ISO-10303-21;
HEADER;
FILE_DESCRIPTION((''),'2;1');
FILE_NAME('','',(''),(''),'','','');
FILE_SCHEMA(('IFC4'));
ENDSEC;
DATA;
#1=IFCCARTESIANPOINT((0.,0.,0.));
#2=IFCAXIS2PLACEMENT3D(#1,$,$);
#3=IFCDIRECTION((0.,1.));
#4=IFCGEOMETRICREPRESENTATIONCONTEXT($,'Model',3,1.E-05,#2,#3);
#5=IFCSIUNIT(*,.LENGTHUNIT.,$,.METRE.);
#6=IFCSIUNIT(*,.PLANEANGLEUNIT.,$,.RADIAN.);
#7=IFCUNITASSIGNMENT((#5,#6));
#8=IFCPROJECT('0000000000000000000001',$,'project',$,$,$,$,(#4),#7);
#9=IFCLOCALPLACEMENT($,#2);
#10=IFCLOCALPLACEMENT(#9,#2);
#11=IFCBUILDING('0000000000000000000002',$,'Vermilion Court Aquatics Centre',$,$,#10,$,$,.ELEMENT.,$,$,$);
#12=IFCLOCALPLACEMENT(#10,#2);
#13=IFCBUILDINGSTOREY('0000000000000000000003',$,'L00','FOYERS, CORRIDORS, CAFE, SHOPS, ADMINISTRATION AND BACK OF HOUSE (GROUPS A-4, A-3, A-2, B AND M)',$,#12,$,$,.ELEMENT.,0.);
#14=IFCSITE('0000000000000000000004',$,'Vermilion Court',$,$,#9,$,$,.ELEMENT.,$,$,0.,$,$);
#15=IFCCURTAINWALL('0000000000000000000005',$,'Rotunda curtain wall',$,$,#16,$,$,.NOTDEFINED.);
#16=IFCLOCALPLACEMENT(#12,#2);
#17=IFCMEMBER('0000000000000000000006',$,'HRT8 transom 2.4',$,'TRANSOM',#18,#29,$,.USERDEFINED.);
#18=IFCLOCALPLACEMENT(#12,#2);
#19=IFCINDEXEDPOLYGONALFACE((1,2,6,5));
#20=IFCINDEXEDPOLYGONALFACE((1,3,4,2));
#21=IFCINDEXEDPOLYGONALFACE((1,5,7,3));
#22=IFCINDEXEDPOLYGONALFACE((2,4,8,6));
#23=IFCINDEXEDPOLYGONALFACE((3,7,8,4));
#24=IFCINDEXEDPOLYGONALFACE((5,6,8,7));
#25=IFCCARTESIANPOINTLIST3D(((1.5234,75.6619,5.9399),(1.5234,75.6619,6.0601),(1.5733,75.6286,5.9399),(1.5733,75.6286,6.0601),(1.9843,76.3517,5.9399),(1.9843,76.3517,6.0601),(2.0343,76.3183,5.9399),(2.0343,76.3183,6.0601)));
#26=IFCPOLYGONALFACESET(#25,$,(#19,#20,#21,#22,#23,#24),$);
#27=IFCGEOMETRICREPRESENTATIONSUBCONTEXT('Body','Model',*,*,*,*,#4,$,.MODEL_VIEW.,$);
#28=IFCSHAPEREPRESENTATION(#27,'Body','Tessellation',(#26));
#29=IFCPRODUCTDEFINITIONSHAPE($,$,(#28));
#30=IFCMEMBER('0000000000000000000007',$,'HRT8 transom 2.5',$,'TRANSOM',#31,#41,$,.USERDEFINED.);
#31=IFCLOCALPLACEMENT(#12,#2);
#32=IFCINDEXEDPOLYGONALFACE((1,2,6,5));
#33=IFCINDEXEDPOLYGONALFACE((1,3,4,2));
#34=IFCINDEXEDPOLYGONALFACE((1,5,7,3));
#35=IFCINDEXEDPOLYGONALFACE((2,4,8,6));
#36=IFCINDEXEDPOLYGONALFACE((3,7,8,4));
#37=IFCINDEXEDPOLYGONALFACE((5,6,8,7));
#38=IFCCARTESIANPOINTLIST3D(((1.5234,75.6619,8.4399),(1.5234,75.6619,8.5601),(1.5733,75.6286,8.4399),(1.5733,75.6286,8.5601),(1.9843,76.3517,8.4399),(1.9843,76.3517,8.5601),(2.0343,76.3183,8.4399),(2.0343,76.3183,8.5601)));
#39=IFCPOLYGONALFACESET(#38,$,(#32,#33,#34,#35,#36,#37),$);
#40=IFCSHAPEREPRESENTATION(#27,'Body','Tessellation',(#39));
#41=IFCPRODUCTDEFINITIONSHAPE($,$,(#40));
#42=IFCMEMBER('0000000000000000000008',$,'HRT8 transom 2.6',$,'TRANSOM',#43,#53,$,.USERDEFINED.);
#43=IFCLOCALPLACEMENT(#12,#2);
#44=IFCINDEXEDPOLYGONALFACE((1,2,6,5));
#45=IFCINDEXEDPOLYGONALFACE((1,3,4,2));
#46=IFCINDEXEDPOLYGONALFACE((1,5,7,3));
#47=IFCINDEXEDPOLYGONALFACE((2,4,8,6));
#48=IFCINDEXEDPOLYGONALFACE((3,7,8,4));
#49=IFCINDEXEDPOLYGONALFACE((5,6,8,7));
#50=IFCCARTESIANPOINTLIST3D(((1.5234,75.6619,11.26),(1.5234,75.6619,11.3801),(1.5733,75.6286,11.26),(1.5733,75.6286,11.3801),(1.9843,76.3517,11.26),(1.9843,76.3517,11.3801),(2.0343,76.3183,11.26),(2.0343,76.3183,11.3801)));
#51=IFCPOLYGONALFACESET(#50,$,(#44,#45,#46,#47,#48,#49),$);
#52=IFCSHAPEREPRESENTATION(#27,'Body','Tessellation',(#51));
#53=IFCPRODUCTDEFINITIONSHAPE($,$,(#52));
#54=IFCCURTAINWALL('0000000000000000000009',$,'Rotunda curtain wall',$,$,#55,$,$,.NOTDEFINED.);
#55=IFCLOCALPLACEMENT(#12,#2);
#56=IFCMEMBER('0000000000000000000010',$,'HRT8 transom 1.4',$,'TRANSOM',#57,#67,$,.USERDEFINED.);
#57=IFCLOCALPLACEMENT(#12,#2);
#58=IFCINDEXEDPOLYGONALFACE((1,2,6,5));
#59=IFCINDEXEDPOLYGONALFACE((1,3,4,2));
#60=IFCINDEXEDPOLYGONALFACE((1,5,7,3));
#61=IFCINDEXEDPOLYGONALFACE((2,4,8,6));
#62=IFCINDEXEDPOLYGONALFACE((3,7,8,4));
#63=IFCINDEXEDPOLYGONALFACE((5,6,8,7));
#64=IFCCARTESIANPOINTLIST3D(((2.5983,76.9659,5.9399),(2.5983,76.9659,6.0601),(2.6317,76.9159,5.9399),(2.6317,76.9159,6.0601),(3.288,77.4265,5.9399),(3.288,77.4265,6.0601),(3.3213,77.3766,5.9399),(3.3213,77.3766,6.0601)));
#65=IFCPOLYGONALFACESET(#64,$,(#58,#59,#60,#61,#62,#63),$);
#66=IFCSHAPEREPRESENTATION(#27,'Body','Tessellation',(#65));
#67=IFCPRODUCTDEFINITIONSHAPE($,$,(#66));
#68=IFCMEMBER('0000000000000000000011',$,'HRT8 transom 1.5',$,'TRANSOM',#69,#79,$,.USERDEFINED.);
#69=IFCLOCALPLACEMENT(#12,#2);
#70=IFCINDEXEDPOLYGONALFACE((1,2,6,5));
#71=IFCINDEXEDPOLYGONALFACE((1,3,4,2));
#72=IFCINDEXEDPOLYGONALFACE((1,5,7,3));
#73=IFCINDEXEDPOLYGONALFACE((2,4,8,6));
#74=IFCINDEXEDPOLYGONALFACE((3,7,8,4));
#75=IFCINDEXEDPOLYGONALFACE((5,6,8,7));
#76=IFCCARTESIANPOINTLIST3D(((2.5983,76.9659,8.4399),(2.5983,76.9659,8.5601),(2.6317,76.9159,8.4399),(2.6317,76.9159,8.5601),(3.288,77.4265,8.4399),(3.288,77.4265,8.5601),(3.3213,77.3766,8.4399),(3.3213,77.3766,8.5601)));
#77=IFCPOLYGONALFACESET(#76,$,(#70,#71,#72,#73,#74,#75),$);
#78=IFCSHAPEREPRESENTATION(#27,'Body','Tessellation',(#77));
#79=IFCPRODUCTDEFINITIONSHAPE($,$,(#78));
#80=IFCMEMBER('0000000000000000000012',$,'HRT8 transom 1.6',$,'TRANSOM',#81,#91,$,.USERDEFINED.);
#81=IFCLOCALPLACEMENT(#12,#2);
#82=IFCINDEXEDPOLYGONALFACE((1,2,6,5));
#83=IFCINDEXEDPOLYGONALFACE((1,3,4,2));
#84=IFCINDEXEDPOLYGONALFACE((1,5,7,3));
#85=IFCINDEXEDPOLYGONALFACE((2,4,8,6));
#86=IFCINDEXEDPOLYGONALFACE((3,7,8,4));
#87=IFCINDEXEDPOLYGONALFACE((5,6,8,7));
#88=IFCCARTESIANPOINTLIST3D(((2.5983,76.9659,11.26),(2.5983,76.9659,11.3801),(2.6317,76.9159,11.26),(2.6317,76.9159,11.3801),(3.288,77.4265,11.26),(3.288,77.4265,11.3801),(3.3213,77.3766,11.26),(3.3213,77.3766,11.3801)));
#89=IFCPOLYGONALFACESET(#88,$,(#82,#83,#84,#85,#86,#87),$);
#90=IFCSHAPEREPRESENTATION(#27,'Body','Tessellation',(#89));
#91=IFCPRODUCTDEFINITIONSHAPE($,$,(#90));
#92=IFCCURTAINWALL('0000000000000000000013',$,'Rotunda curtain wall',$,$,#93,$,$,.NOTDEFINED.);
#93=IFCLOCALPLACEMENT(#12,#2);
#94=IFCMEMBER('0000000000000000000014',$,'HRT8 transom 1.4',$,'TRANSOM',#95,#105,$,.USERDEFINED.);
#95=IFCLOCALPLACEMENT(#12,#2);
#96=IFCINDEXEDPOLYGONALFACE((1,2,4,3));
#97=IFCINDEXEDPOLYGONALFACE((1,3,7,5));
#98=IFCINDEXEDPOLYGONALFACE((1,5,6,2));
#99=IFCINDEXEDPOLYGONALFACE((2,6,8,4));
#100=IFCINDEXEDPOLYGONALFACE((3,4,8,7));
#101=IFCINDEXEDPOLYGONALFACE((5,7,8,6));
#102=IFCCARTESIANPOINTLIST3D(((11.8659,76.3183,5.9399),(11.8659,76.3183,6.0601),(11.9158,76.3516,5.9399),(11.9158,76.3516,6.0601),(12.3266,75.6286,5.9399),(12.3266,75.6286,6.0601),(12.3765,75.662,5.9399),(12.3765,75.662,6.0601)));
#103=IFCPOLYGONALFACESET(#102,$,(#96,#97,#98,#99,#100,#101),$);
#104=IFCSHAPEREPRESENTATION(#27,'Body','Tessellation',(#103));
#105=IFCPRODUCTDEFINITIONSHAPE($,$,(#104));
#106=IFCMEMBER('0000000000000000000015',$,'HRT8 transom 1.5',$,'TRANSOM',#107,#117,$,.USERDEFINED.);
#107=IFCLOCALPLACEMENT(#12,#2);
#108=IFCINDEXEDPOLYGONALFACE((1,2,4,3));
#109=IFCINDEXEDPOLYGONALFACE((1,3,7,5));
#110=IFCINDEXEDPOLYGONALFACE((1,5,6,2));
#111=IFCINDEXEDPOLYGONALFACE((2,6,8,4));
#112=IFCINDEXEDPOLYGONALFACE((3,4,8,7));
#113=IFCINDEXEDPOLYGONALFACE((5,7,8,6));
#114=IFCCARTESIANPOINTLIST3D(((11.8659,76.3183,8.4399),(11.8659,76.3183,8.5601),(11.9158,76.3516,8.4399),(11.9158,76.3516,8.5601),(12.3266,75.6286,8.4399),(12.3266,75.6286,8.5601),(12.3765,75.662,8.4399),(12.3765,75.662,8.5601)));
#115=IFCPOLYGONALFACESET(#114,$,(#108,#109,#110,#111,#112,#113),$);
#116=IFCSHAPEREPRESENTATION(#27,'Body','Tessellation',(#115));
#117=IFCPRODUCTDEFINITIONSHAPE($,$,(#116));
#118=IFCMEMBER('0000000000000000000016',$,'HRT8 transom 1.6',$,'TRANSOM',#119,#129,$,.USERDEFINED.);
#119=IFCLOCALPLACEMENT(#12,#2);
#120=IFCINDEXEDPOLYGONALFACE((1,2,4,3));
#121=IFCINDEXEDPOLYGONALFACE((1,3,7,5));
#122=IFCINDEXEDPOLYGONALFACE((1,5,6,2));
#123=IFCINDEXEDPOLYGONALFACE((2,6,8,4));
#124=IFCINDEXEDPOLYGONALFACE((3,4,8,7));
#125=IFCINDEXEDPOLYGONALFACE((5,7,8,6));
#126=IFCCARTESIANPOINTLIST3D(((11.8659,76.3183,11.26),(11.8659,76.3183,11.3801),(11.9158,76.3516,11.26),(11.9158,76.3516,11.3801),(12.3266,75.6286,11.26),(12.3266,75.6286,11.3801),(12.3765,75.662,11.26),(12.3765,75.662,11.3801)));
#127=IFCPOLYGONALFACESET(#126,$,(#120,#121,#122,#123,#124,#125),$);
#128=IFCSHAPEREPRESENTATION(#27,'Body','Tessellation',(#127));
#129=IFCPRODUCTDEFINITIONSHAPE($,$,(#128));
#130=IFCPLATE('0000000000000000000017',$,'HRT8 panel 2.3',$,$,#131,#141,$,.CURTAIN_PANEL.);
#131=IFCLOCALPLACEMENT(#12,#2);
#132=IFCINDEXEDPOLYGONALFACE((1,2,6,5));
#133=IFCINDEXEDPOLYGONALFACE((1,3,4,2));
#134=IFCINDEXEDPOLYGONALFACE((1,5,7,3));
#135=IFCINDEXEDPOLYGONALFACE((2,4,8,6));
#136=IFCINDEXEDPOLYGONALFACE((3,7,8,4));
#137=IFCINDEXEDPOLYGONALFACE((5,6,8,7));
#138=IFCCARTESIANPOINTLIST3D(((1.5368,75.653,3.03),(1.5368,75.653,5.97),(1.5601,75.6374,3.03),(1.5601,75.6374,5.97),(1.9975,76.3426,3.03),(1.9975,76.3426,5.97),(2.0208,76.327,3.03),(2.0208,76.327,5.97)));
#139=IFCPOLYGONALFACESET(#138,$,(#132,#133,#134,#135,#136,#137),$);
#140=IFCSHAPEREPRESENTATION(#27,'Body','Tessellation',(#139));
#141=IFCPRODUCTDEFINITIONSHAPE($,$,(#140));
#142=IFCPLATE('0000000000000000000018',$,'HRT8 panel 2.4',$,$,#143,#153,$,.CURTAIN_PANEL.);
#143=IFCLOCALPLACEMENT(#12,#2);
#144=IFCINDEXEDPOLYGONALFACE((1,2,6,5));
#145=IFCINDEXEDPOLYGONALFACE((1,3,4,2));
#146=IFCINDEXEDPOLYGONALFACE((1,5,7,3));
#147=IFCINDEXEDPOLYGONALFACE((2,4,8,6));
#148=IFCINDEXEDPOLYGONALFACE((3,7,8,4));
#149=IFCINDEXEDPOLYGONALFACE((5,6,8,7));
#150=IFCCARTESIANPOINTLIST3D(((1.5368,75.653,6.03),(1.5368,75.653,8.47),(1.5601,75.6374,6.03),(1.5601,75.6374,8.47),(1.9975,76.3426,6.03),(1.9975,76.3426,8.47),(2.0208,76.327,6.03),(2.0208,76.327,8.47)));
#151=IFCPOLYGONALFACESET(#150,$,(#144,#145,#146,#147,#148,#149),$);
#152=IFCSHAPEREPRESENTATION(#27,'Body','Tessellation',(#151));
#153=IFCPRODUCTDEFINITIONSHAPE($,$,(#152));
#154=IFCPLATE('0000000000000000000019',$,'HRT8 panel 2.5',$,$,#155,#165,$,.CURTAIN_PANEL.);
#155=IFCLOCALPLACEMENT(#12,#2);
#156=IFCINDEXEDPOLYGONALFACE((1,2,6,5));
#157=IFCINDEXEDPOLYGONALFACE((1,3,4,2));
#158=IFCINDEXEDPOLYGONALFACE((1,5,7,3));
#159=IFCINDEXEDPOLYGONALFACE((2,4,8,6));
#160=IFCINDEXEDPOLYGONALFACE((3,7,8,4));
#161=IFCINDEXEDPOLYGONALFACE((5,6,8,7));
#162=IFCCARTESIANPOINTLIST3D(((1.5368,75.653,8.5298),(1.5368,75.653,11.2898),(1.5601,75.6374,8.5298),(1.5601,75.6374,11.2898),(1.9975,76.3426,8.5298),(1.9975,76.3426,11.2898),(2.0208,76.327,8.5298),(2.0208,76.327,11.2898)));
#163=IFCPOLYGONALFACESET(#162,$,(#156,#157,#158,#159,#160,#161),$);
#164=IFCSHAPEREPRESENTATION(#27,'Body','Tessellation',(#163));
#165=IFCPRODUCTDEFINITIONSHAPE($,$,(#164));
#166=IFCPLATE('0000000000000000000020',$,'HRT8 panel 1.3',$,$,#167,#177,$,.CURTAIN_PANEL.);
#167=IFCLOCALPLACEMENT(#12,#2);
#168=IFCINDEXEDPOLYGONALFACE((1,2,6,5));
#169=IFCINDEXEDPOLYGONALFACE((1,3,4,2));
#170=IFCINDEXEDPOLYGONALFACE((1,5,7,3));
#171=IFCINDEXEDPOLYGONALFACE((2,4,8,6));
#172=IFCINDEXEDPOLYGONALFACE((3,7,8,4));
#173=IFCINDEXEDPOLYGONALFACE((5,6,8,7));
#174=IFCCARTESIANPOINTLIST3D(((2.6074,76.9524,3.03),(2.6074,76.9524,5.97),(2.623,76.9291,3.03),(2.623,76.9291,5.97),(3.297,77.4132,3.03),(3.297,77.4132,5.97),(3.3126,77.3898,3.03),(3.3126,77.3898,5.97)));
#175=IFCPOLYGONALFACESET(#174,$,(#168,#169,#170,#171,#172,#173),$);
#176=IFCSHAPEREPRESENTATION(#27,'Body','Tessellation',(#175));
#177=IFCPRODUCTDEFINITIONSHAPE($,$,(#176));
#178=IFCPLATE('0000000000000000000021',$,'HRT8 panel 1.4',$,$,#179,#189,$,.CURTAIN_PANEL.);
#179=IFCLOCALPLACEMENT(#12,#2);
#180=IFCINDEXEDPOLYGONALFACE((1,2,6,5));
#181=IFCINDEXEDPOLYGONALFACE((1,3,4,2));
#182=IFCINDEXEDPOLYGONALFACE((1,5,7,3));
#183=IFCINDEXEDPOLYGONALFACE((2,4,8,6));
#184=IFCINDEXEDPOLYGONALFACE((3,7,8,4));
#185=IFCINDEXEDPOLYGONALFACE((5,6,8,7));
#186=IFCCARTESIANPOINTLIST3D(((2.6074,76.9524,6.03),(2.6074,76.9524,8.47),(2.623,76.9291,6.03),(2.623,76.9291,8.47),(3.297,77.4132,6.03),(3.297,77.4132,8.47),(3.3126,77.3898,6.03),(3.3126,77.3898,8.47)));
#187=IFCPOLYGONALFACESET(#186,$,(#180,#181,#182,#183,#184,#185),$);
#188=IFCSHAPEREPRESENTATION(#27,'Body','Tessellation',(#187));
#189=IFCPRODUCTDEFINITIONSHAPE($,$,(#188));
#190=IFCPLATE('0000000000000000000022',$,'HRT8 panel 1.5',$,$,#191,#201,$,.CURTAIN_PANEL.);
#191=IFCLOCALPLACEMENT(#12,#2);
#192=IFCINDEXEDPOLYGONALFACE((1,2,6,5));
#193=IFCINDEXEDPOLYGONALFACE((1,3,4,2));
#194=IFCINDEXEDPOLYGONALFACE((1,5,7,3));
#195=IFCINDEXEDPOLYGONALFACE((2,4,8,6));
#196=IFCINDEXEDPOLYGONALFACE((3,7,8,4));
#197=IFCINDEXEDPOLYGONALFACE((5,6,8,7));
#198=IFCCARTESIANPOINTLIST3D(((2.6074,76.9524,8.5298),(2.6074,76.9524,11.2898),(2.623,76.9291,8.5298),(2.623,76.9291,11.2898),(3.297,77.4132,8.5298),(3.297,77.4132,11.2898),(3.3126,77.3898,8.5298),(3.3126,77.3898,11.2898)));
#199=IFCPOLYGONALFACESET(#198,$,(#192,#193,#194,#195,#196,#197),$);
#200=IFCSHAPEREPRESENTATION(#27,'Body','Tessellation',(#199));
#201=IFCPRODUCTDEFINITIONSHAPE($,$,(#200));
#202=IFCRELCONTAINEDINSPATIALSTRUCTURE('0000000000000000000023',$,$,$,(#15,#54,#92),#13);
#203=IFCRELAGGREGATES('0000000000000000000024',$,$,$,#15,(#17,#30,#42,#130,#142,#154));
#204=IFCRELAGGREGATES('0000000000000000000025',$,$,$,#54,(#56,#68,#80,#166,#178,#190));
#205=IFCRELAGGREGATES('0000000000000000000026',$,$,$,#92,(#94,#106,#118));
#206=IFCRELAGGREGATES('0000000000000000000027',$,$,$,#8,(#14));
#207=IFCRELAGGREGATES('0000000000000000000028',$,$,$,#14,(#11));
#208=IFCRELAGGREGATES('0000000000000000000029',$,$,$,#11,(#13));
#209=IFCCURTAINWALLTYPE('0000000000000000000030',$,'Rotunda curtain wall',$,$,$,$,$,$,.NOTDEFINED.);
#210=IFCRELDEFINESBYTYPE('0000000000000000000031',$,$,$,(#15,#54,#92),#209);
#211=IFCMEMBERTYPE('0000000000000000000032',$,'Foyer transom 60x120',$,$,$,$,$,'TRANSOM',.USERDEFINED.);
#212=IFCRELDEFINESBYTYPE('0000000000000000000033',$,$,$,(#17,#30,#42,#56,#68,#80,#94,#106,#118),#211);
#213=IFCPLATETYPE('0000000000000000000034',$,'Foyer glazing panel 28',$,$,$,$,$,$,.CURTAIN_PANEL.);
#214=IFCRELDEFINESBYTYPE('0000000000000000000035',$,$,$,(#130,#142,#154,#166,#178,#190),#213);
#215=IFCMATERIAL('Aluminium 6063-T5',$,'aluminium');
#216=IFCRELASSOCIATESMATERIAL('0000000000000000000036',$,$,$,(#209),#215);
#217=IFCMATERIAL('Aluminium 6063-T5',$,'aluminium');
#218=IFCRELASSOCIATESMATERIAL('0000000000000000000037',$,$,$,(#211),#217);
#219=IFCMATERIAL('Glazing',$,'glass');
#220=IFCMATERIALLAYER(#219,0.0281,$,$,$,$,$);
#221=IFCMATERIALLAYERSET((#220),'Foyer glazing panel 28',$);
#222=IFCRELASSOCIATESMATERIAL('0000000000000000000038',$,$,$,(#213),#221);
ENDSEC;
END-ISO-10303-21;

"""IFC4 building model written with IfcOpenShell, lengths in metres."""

from ifc_helpers import new_model, si_unit, direction, frame, origin, origin_2d, place, context, subcontext, project, spatial, rectangle, extrude, material, layer, layer_set, material_profile, profile_set, type_object, element, aggregate, save


model = new_model("IFC4")

# Units and contexts
model_context = context("Model", 3, precision=1e-05, world=origin(), true_north=direction((0.0, 1.0)))
body_context = subcontext(model_context, "Body", "Model", "MODEL_VIEW")
ifc_project = project(units=[si_unit("LENGTHUNIT", "METRE"), si_unit("PLANEANGLEUNIT", "RADIAN")], contexts=[model_context])

# Site, building, storey
site_placement = place(None, origin())
site = spatial("IfcSite", under=ifc_project, at=site_placement, Name="Vermilion Court", CompositionType="ELEMENT", RefElevation=0.0)
building_placement = place(site_placement, origin())
building = spatial("IfcBuilding", under=site, at=building_placement, Name="Vermilion Court Aquatics Centre", CompositionType="ELEMENT")
storey_placement = place(building_placement, origin())
storey = spatial("IfcBuildingStorey", under=building, at=storey_placement, Name="L00", Description="FOYERS, CORRIDORS, CAFE, SHOPS, ADMINISTRATION AND BACK OF HOUSE (GROUPS A-4, A-3, A-2, B AND M)", CompositionType="ELEMENT", Elevation=0.0)

# Curtain walls, members
ifc_material_1 = material(Name="Aluminium 6063-T5", Category="aluminium")
curtain_wall_type = type_object("IfcCurtainWallType", Name="Rotunda curtain wall", PredefinedType="NOTDEFINED", material=ifc_material_1)
curtain_wall_1_placement = place(storey_placement, origin())
curtain_wall_1 = element("IfcCurtainWall", 1, at=curtain_wall_1_placement, inside=storey, type_object=curtain_wall_type, Name="Rotunda curtain wall", PredefinedType="NOTDEFINED")
ifc_material_2 = material(Name="Aluminium 6063-T5", Category="aluminium")
ifc_material_profile = material_profile(ifc_material_2, rectangle(XDim=0.0601, YDim=0.1201, at=origin_2d()), Name="Aluminium 60x120")
ifc_profile_set = profile_set([ifc_material_profile], Name="Aluminium 6063-T5")
member_type = type_object("IfcMemberType", Name="Foyer transom 60x120", ElementType="TRANSOM", PredefinedType="USERDEFINED", material=ifc_profile_set)
member_1_placement = place(storey_placement, frame((1.5483, 75.6453, 6.0), z_axis=(0.555651, 0.831416, 0.0), x_axis=(-0.831416, 0.555651, 0.0)))
member_1 = element("IfcMember", 2, at=member_1_placement, type_object=member_type, Name="HRT8 transom 2.4", ObjectType="TRANSOM", PredefinedType="USERDEFINED", context=body_context, shape_type="SweptSolid", body=[
    extrude(rectangle(XDim=0.0601, YDim=0.1201, at=origin_2d()), origin(), (0.0, 0.0, 1.0), 0.8296),
])
member_2_placement = place(storey_placement, frame((1.5483, 75.6453, 8.5), z_axis=(0.555651, 0.831416, 0.0), x_axis=(-0.831416, 0.555651, 0.0)))
member_2 = element("IfcMember", 3, at=member_2_placement, type_object=member_type, Name="HRT8 transom 2.5", ObjectType="TRANSOM", PredefinedType="USERDEFINED", context=body_context, shape_type="SweptSolid", body=[
    extrude(rectangle(XDim=0.0601, YDim=0.1201, at=origin_2d()), origin(), (0.0, 0.0, 1.0), 0.8296),
])
member_3_placement = place(storey_placement, frame((1.5483, 75.6453, 11.3201), z_axis=(0.555651, 0.831416, 0.0), x_axis=(-0.831416, 0.555651, 0.0)))
member_3 = element("IfcMember", 4, at=member_3_placement, type_object=member_type, Name="HRT8 transom 2.6", ObjectType="TRANSOM", PredefinedType="USERDEFINED", context=body_context, shape_type="SweptSolid", body=[
    extrude(rectangle(XDim=0.0601, YDim=0.1201, at=origin_2d()), origin(), (0.0, 0.0, 1.0), 0.8296),
])
curtain_wall_2_placement = place(storey_placement, origin())
curtain_wall_2 = element("IfcCurtainWall", 5, at=curtain_wall_2_placement, inside=storey, type_object=curtain_wall_type, Name="Rotunda curtain wall", PredefinedType="NOTDEFINED")
member_4_placement = place(storey_placement, frame((2.615, 76.9409, 6.0), z_axis=(0.831552, 0.555447, 0.0), x_axis=(-0.555447, 0.831552, 0.0)))
member_4 = element("IfcMember", 6, at=member_4_placement, type_object=member_type, Name="HRT8 transom 1.4", ObjectType="TRANSOM", PredefinedType="USERDEFINED", context=body_context, shape_type="SweptSolid", body=[
    extrude(rectangle(XDim=0.0601, YDim=0.1201, at=origin_2d()), origin(), (0.0, 0.0, 1.0), 0.8293),
])
member_5_placement = place(storey_placement, frame((2.615, 76.9409, 8.5), z_axis=(0.831552, 0.555447, 0.0), x_axis=(-0.555447, 0.831552, 0.0)))
member_5 = element("IfcMember", 7, at=member_5_placement, type_object=member_type, Name="HRT8 transom 1.5", ObjectType="TRANSOM", PredefinedType="USERDEFINED", context=body_context, shape_type="SweptSolid", body=[
    extrude(rectangle(XDim=0.0601, YDim=0.1201, at=origin_2d()), origin(), (0.0, 0.0, 1.0), 0.8293),
])
member_6_placement = place(storey_placement, frame((2.615, 76.9409, 11.3201), z_axis=(0.831552, 0.555447, 0.0), x_axis=(-0.555447, 0.831552, 0.0)))
member_6 = element("IfcMember", 8, at=member_6_placement, type_object=member_type, Name="HRT8 transom 1.6", ObjectType="TRANSOM", PredefinedType="USERDEFINED", context=body_context, shape_type="SweptSolid", body=[
    extrude(rectangle(XDim=0.0601, YDim=0.1201, at=origin_2d()), origin(), (0.0, 0.0, 1.0), 0.8293),
])
curtain_wall_3_placement = place(storey_placement, origin())
curtain_wall_3 = element("IfcCurtainWall", 9, at=curtain_wall_3_placement, inside=storey, type_object=curtain_wall_type, Name="Rotunda curtain wall", PredefinedType="NOTDEFINED")
member_7_placement = place(storey_placement, frame((11.8909, 76.335, 6.0), z_axis=(0.555447, -0.831552, 0.0), x_axis=(0.831552, 0.555447, 0.0)))
member_7 = element("IfcMember", 10, at=member_7_placement, type_object=member_type, Name="HRT8 transom 1.4", ObjectType="TRANSOM", PredefinedType="USERDEFINED", context=body_context, shape_type="SweptSolid", body=[
    extrude(rectangle(XDim=0.0601, YDim=0.1201, at=origin_2d()), origin(), (0.0, 0.0, 1.0), 0.8293),
])
member_8_placement = place(storey_placement, frame((11.8909, 76.335, 8.5), z_axis=(0.555447, -0.831552, 0.0), x_axis=(0.831552, 0.555447, 0.0)))
member_8 = element("IfcMember", 11, at=member_8_placement, type_object=member_type, Name="HRT8 transom 1.5", ObjectType="TRANSOM", PredefinedType="USERDEFINED", context=body_context, shape_type="SweptSolid", body=[
    extrude(rectangle(XDim=0.0601, YDim=0.1201, at=origin_2d()), origin(), (0.0, 0.0, 1.0), 0.8293),
])
member_9_placement = place(storey_placement, frame((11.8909, 76.335, 11.3201), z_axis=(0.555447, -0.831552, 0.0), x_axis=(0.831552, 0.555447, 0.0)))
member_9 = element("IfcMember", 12, at=member_9_placement, type_object=member_type, Name="HRT8 transom 1.6", ObjectType="TRANSOM", PredefinedType="USERDEFINED", context=body_context, shape_type="SweptSolid", body=[
    extrude(rectangle(XDim=0.0601, YDim=0.1201, at=origin_2d()), origin(), (0.0, 0.0, 1.0), 0.8293),
])

# Plates
ifc_material_3 = material(Name="Glazing", Category="glass")
ifc_layer = layer(ifc_material_3, 0.0281)
ifc_layer_set = layer_set([ifc_layer], Name="Foyer glazing panel 28")
plate_type = type_object("IfcPlateType", Name="Foyer glazing panel 28", PredefinedType="CURTAIN_PANEL", material=ifc_layer_set)
plate_1_placement = place(storey_placement, frame((1.7788, 75.99, 3.03), z_axis=(0.0, 0.0, 1.0), x_axis=(0.555541, 0.831489, 0.0)))
plate_1 = element("IfcPlate", 13, at=plate_1_placement, type_object=plate_type, Name="HRT8 panel 2.3", PredefinedType="CURTAIN_PANEL", context=body_context, shape_type="SweptSolid", body=[
    extrude(rectangle(XDim=0.8293, YDim=0.0281, at=origin_2d()), origin(), (0.0, 0.0, 1.0), 2.9399),
])
plate_2_placement = place(storey_placement, frame((1.7788, 75.99, 6.03), z_axis=(0.0, 0.0, 1.0), x_axis=(0.555541, 0.831489, 0.0)))
plate_2 = element("IfcPlate", 14, at=plate_2_placement, type_object=plate_type, Name="HRT8 panel 2.4", PredefinedType="CURTAIN_PANEL", context=body_context, shape_type="SweptSolid", body=[
    extrude(rectangle(XDim=0.8293, YDim=0.0281, at=origin_2d()), origin(), (0.0, 0.0, 1.0), 2.4399),
])
plate_3_placement = place(storey_placement, frame((1.7788, 75.99, 8.5298), z_axis=(0.0, 0.0, 1.0), x_axis=(0.555541, 0.831489, 0.0)))
plate_3 = element("IfcPlate", 15, at=plate_3_placement, type_object=plate_type, Name="HRT8 panel 2.5", PredefinedType="CURTAIN_PANEL", context=body_context, shape_type="SweptSolid", body=[
    extrude(rectangle(XDim=0.8293, YDim=0.0281, at=origin_2d()), origin(), (0.0, 0.0, 1.0), 2.76),
])
aggregate(curtain_wall_1, [member_1, member_2, member_3, plate_1, plate_2, plate_3])
plate_4_placement = place(storey_placement, frame((2.96, 77.1711, 3.03), z_axis=(0.0, 0.0, 1.0), x_axis=(0.831489, 0.555541, 0.0)))
plate_4 = element("IfcPlate", 16, at=plate_4_placement, type_object=plate_type, Name="HRT8 panel 1.3", PredefinedType="CURTAIN_PANEL", context=body_context, shape_type="SweptSolid", body=[
    extrude(rectangle(XDim=0.8293, YDim=0.0281, at=origin_2d()), origin(), (0.0, 0.0, 1.0), 2.9399),
])
plate_5_placement = place(storey_placement, frame((2.96, 77.1711, 6.03), z_axis=(0.0, 0.0, 1.0), x_axis=(0.831489, 0.555541, 0.0)))
plate_5 = element("IfcPlate", 17, at=plate_5_placement, type_object=plate_type, Name="HRT8 panel 1.4", PredefinedType="CURTAIN_PANEL", context=body_context, shape_type="SweptSolid", body=[
    extrude(rectangle(XDim=0.8293, YDim=0.0281, at=origin_2d()), origin(), (0.0, 0.0, 1.0), 2.4399),
])
plate_6_placement = place(storey_placement, frame((2.96, 77.1711, 8.5298), z_axis=(0.0, 0.0, 1.0), x_axis=(0.831489, 0.555541, 0.0)))
plate_6 = element("IfcPlate", 18, at=plate_6_placement, type_object=plate_type, Name="HRT8 panel 1.5", PredefinedType="CURTAIN_PANEL", context=body_context, shape_type="SweptSolid", body=[
    extrude(rectangle(XDim=0.8293, YDim=0.0281, at=origin_2d()), origin(), (0.0, 0.0, 1.0), 2.76),
])
aggregate(curtain_wall_2, [member_4, member_5, member_6, plate_4, plate_5, plate_6])

aggregate(curtain_wall_3, [member_7, member_8, member_9])

save(model, "model.ifc")
